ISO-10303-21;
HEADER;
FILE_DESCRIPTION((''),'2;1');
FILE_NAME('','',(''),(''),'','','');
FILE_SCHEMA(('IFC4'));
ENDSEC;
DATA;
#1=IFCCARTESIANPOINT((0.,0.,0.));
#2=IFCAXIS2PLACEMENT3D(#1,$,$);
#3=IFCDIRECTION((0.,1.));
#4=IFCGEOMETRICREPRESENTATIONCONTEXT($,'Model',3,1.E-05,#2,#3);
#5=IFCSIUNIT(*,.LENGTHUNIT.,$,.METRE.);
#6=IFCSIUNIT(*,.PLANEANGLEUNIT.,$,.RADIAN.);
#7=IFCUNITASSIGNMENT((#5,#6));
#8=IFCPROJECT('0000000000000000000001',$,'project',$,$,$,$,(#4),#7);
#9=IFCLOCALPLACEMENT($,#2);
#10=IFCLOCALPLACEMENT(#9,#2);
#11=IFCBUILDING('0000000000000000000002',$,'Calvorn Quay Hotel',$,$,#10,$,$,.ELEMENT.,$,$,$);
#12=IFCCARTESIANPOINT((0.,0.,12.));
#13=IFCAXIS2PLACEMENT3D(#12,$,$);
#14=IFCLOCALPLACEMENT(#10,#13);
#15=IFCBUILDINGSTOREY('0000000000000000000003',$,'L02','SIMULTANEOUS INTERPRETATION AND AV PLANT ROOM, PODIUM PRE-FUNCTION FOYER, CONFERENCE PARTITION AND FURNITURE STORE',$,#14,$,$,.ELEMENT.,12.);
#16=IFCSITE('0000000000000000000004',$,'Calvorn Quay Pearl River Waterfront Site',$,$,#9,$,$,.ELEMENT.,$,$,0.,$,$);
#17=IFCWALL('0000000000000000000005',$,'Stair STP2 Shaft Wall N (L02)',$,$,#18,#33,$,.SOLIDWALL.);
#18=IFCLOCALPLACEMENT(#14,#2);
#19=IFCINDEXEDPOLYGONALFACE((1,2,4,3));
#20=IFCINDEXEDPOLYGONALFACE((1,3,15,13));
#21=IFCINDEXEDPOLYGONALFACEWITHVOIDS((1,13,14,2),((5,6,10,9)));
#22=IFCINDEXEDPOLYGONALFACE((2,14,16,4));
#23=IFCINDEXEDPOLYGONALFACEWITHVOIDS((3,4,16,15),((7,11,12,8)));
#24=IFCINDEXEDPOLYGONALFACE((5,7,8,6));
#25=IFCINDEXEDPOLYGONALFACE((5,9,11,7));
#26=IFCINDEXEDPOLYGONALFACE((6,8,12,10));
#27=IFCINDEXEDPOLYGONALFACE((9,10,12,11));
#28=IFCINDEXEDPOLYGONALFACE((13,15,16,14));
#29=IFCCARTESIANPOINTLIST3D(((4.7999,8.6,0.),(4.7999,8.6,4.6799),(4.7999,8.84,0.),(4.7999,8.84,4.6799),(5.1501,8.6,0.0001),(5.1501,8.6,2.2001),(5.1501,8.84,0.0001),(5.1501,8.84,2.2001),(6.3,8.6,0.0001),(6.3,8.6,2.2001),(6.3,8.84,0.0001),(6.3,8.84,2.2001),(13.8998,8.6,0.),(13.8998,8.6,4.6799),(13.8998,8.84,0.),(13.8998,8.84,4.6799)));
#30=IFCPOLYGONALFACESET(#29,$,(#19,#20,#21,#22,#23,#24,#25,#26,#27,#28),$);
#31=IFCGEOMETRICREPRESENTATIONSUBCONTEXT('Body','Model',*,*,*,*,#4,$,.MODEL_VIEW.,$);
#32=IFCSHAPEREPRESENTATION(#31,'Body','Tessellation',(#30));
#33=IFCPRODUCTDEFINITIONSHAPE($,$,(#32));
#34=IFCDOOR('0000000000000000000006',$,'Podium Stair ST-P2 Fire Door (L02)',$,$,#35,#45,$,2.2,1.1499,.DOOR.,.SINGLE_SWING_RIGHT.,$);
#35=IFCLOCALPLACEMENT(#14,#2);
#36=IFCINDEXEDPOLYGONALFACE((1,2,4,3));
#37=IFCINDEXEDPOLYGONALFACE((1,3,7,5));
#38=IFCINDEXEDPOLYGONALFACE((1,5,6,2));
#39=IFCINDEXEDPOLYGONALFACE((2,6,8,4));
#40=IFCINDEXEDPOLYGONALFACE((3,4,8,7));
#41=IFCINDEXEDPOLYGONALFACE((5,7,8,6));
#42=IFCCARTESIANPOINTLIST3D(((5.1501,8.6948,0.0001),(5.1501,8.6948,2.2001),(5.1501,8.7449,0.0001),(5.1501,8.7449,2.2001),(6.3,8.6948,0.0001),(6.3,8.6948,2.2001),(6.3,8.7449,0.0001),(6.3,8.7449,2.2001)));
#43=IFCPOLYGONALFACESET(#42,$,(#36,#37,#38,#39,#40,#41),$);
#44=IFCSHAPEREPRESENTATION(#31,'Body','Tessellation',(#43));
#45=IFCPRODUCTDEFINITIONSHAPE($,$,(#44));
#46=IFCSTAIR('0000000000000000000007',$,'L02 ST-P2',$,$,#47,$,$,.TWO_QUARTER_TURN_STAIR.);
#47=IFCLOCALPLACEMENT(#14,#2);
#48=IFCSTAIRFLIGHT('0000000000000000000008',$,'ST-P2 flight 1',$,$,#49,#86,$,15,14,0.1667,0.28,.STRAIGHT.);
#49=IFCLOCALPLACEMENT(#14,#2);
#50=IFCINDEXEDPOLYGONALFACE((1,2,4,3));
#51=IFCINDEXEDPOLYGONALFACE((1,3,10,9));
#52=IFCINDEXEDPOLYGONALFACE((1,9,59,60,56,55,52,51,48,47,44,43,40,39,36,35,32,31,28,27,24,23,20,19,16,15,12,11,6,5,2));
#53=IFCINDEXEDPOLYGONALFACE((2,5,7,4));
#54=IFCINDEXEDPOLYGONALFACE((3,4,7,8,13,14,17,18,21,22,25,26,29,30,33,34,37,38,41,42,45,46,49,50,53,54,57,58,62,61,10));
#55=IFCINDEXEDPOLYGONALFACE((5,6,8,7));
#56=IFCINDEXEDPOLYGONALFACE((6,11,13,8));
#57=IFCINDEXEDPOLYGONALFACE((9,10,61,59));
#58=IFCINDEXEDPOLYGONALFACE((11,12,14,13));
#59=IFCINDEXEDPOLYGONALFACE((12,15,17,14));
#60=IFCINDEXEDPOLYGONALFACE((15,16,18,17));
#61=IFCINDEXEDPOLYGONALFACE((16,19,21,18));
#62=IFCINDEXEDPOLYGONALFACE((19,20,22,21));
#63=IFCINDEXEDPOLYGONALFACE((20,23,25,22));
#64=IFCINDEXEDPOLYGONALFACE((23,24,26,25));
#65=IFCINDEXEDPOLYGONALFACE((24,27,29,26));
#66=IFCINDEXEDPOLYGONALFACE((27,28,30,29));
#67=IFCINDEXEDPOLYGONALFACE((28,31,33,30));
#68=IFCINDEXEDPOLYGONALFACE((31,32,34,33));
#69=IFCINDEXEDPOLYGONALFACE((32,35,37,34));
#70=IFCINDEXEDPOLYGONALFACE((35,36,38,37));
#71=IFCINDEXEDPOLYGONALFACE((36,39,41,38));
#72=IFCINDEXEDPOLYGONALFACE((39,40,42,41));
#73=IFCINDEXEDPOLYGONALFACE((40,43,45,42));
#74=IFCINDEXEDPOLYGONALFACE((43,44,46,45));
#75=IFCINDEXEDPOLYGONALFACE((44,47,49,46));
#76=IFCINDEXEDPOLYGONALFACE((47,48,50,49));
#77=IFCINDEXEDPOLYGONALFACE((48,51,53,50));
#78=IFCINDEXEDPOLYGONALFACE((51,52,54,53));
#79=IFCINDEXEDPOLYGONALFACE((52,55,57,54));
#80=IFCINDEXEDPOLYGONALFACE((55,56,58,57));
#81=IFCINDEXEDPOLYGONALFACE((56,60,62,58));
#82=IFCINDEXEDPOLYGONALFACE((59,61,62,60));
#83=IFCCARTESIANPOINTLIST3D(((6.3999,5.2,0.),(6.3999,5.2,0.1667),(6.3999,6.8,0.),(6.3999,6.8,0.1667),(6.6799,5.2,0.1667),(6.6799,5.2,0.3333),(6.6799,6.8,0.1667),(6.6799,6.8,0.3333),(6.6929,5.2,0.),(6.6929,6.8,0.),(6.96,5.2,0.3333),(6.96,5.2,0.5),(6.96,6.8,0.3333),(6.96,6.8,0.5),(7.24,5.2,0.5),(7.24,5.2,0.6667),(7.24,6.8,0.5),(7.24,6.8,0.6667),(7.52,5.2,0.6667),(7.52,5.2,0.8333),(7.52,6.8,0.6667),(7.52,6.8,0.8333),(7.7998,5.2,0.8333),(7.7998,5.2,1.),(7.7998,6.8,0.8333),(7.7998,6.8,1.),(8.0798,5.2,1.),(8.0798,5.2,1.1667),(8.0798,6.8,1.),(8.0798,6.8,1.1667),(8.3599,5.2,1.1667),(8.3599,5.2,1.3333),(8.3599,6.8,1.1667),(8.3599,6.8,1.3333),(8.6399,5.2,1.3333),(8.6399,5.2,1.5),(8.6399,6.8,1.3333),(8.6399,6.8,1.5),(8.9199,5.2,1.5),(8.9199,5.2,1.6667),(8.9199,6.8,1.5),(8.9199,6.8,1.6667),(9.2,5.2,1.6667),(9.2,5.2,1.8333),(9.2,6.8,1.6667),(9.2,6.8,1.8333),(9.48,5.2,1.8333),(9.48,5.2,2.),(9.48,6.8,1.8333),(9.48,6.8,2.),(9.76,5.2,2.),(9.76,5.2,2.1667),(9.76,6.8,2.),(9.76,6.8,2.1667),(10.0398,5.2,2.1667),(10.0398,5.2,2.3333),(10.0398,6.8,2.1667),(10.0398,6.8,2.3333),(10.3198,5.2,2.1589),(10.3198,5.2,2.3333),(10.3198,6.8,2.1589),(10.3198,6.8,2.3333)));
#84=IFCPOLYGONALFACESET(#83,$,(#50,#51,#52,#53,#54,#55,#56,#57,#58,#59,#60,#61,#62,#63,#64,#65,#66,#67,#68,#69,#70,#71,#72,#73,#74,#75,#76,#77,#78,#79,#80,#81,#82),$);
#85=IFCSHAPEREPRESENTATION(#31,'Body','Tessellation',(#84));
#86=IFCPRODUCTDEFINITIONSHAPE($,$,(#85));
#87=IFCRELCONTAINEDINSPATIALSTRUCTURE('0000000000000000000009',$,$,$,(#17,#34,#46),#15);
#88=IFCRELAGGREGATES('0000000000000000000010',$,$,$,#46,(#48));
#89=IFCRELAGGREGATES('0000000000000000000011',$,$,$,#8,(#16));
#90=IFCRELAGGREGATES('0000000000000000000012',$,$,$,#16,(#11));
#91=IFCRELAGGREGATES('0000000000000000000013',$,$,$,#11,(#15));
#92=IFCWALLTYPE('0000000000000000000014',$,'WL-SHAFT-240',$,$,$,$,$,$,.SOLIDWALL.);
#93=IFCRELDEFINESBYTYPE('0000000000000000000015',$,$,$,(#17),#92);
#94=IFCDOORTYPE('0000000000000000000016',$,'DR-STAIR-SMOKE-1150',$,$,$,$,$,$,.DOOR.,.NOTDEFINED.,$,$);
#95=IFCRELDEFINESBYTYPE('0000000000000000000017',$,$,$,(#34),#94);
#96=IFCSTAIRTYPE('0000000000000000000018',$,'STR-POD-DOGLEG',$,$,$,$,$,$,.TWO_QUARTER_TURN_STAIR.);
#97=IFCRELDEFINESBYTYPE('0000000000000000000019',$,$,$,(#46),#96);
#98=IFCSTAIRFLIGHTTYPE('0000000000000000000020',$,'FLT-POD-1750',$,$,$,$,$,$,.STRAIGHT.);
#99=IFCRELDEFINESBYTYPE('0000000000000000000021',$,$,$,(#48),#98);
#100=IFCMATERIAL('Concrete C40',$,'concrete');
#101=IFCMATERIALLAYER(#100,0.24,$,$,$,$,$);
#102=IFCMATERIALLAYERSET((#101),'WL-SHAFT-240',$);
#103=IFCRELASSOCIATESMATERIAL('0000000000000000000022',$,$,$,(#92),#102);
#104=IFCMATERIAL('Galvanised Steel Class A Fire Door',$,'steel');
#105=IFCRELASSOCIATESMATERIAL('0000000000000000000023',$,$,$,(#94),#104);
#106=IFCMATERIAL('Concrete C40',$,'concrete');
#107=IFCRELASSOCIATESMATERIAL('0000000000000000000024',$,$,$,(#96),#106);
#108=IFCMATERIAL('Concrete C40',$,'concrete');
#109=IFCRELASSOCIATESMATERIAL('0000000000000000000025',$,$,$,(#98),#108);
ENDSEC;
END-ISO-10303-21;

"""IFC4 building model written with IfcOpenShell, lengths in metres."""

from ifc_helpers import new_model, si_unit, direction, frame, frame_2d, origin, place, context, subcontext, project, spatial, polyline, rectangle, outline, extrude, material, layer, layer_set, type_object, element, fill, aggregate, save


model = new_model("IFC4")

# Units and contexts
model_context = context("Model", 3, precision=1e-05, world=origin(), true_north=direction((0.0, 1.0)))
body_context = subcontext(model_context, "Body", "Model", "MODEL_VIEW")
ifc_project = project(units=[si_unit("LENGTHUNIT", "METRE"), si_unit("PLANEANGLEUNIT", "RADIAN")], contexts=[model_context])

# Site, building, storey
site_placement = place(None, origin())
site = spatial("IfcSite", under=ifc_project, at=site_placement, Name="Calvorn Quay Pearl River Waterfront Site", CompositionType="ELEMENT", RefElevation=0.0)
building_placement = place(site_placement, origin())
building = spatial("IfcBuilding", under=site, at=building_placement, Name="Calvorn Quay Hotel", CompositionType="ELEMENT")
storey_placement = place(building_placement, frame((0.0, 0.0, 12.0)))
storey = spatial("IfcBuildingStorey", under=building, at=storey_placement, Name="L02", Description="SIMULTANEOUS INTERPRETATION AND AV PLANT ROOM, PODIUM PRE-FUNCTION FOYER, CONFERENCE PARTITION AND FURNITURE STORE", CompositionType="ELEMENT", Elevation=12.0)

# Shared definitions
ifc_material_1 = material(Name="Concrete C40", Category="concrete")
ifc_layer_1 = layer(ifc_material_1, 0.24)
ifc_layer_set_1 = layer_set([ifc_layer_1], Name="WL-SHAFT-240")
wall_type_1 = type_object("IfcWallType", Name="WL-SHAFT-240", PredefinedType="SOLIDWALL", material=ifc_layer_set_1)

# Wall, opening, door
wall_1_placement = place(storey_placement, frame((4.8, 8.72, 0.0), z_axis=(0.0, 0.0, 1.0), x_axis=(1.0, 0.0, 0.0)))
wall_1 = element("IfcWall", 1, at=wall_1_placement, inside=storey, type_object=wall_type_1, Name="Stair STP2 Shaft Wall N (L02)", PredefinedType="SOLIDWALL", context=body_context, shape_type="SweptSolid", body=[
    extrude(rectangle(XDim=9.0999, YDim=0.24, at=frame_2d((4.5498, 0.0))), origin(), (0.0, 0.0, 1.0), 4.6799),
])
opening_placement = place(wall_1_placement, frame((0.3501, 0.0, 0.0)))
opening = element("IfcOpeningElement", 2, at=opening_placement, cuts=wall_1, PredefinedType="OPENING", context=body_context, shape_type="SweptSolid", body=[
    extrude(rectangle(XDim=1.1499, YDim=2.2, at=frame_2d((0.575, 1.1001))), frame((0.0, 0.1299, 0.0), z_axis=(0.0, -1.0, 0.0), x_axis=(1.0, 0.0, 0.0)), (0.0, 0.0, 1.0), 0.26),
])
ifc_material_2 = material(Name="Galvanised Steel Class A Fire Door", Category="steel")
door_type = type_object("IfcDoorType", Name="DR-STAIR-SMOKE-1150", OperationType="NOTDEFINED", PredefinedType="DOOR", material=ifc_material_2)
door_placement = place(opening_placement, origin())
door = element("IfcDoor", 3, at=door_placement, inside=storey, type_object=door_type, Name="Podium Stair ST-P2 Fire Door (L02)", OperationType="SINGLE_SWING_RIGHT", OverallHeight=2.2, OverallWidth=1.1499, PredefinedType="DOOR", context=body_context, shape_type="SweptSolid", body=[
    extrude(rectangle(XDim=1.1499, YDim=2.2, at=frame_2d((0.575, 1.1001))), frame((0.0, 0.0249, 0.0), z_axis=(0.0, -1.0, 0.0), x_axis=(1.0, 0.0, 0.0)), (0.0, 0.0, 1.0), 0.05),
])
fill(opening, door)

# Stair, stair flight
ifc_material_3 = material(Name="Concrete C40", Category="concrete")
stair_type = type_object("IfcStairType", Name="STR-POD-DOGLEG", PredefinedType="TWO_QUARTER_TURN_STAIR", material=ifc_material_3)
stair_placement = place(storey_placement, origin())
stair = element("IfcStair", 4, at=stair_placement, inside=storey, type_object=stair_type, Name="L02 ST-P2", PredefinedType="TWO_QUARTER_TURN_STAIR")
ifc_material_4 = material(Name="Concrete C40", Category="concrete")
stair_flight_type = type_object("IfcStairFlightType", Name="FLT-POD-1750", PredefinedType="STRAIGHT", material=ifc_material_4)
stair_flight_placement = place(storey_placement, frame((6.3999, 6.0, 0.0), z_axis=(0.0, 0.0, 1.0), x_axis=(1.0, 0.0, 0.0)))
stair_flight = element("IfcStairFlight", 5, at=stair_flight_placement, type_object=stair_flight_type, Name="ST-P2 flight 1", NumberOfRisers=15, NumberOfTreads=14, PredefinedType="STRAIGHT", RiserHeight=0.1667, TreadLength=0.28, context=body_context, shape_type="SweptSolid", body=[
    extrude(outline(polyline([(0.0, 0.0), (0.0, 0.1667), (0.28, 0.1667), (0.28, 0.3333), (0.5601, 0.3333), (0.5601, 0.5), (0.8401, 0.5), (0.8401, 0.6667), (1.1201, 0.6667), (1.1201, 0.8333), (1.3999, 0.8333), (1.3999, 1.0), (1.6799, 1.0), (1.6799, 1.1667), (1.96, 1.1667), (1.96, 1.3333), (2.24, 1.3333), (2.24, 1.5), (2.52, 1.5), (2.52, 1.6667), (2.8, 1.6667), (2.8, 1.8333), (3.0801, 1.8333), (3.0801, 2.0), (3.3601, 2.0), (3.3601, 2.1667), (3.6399, 2.1667), (3.6399, 2.3333), (3.9199, 2.3333), (3.9199, 2.5), (3.9199, 2.1589), (0.293, 0.0), (0.0, 0.0)])), frame((0.0, 0.8, 0.0), z_axis=(0.0, -1.0, 0.0), x_axis=(1.0, 0.0, 0.0)), (0.0, 0.0, 1.0), 1.6001),
])
aggregate(stair, [stair_flight])

save(model, "model.ifc")
